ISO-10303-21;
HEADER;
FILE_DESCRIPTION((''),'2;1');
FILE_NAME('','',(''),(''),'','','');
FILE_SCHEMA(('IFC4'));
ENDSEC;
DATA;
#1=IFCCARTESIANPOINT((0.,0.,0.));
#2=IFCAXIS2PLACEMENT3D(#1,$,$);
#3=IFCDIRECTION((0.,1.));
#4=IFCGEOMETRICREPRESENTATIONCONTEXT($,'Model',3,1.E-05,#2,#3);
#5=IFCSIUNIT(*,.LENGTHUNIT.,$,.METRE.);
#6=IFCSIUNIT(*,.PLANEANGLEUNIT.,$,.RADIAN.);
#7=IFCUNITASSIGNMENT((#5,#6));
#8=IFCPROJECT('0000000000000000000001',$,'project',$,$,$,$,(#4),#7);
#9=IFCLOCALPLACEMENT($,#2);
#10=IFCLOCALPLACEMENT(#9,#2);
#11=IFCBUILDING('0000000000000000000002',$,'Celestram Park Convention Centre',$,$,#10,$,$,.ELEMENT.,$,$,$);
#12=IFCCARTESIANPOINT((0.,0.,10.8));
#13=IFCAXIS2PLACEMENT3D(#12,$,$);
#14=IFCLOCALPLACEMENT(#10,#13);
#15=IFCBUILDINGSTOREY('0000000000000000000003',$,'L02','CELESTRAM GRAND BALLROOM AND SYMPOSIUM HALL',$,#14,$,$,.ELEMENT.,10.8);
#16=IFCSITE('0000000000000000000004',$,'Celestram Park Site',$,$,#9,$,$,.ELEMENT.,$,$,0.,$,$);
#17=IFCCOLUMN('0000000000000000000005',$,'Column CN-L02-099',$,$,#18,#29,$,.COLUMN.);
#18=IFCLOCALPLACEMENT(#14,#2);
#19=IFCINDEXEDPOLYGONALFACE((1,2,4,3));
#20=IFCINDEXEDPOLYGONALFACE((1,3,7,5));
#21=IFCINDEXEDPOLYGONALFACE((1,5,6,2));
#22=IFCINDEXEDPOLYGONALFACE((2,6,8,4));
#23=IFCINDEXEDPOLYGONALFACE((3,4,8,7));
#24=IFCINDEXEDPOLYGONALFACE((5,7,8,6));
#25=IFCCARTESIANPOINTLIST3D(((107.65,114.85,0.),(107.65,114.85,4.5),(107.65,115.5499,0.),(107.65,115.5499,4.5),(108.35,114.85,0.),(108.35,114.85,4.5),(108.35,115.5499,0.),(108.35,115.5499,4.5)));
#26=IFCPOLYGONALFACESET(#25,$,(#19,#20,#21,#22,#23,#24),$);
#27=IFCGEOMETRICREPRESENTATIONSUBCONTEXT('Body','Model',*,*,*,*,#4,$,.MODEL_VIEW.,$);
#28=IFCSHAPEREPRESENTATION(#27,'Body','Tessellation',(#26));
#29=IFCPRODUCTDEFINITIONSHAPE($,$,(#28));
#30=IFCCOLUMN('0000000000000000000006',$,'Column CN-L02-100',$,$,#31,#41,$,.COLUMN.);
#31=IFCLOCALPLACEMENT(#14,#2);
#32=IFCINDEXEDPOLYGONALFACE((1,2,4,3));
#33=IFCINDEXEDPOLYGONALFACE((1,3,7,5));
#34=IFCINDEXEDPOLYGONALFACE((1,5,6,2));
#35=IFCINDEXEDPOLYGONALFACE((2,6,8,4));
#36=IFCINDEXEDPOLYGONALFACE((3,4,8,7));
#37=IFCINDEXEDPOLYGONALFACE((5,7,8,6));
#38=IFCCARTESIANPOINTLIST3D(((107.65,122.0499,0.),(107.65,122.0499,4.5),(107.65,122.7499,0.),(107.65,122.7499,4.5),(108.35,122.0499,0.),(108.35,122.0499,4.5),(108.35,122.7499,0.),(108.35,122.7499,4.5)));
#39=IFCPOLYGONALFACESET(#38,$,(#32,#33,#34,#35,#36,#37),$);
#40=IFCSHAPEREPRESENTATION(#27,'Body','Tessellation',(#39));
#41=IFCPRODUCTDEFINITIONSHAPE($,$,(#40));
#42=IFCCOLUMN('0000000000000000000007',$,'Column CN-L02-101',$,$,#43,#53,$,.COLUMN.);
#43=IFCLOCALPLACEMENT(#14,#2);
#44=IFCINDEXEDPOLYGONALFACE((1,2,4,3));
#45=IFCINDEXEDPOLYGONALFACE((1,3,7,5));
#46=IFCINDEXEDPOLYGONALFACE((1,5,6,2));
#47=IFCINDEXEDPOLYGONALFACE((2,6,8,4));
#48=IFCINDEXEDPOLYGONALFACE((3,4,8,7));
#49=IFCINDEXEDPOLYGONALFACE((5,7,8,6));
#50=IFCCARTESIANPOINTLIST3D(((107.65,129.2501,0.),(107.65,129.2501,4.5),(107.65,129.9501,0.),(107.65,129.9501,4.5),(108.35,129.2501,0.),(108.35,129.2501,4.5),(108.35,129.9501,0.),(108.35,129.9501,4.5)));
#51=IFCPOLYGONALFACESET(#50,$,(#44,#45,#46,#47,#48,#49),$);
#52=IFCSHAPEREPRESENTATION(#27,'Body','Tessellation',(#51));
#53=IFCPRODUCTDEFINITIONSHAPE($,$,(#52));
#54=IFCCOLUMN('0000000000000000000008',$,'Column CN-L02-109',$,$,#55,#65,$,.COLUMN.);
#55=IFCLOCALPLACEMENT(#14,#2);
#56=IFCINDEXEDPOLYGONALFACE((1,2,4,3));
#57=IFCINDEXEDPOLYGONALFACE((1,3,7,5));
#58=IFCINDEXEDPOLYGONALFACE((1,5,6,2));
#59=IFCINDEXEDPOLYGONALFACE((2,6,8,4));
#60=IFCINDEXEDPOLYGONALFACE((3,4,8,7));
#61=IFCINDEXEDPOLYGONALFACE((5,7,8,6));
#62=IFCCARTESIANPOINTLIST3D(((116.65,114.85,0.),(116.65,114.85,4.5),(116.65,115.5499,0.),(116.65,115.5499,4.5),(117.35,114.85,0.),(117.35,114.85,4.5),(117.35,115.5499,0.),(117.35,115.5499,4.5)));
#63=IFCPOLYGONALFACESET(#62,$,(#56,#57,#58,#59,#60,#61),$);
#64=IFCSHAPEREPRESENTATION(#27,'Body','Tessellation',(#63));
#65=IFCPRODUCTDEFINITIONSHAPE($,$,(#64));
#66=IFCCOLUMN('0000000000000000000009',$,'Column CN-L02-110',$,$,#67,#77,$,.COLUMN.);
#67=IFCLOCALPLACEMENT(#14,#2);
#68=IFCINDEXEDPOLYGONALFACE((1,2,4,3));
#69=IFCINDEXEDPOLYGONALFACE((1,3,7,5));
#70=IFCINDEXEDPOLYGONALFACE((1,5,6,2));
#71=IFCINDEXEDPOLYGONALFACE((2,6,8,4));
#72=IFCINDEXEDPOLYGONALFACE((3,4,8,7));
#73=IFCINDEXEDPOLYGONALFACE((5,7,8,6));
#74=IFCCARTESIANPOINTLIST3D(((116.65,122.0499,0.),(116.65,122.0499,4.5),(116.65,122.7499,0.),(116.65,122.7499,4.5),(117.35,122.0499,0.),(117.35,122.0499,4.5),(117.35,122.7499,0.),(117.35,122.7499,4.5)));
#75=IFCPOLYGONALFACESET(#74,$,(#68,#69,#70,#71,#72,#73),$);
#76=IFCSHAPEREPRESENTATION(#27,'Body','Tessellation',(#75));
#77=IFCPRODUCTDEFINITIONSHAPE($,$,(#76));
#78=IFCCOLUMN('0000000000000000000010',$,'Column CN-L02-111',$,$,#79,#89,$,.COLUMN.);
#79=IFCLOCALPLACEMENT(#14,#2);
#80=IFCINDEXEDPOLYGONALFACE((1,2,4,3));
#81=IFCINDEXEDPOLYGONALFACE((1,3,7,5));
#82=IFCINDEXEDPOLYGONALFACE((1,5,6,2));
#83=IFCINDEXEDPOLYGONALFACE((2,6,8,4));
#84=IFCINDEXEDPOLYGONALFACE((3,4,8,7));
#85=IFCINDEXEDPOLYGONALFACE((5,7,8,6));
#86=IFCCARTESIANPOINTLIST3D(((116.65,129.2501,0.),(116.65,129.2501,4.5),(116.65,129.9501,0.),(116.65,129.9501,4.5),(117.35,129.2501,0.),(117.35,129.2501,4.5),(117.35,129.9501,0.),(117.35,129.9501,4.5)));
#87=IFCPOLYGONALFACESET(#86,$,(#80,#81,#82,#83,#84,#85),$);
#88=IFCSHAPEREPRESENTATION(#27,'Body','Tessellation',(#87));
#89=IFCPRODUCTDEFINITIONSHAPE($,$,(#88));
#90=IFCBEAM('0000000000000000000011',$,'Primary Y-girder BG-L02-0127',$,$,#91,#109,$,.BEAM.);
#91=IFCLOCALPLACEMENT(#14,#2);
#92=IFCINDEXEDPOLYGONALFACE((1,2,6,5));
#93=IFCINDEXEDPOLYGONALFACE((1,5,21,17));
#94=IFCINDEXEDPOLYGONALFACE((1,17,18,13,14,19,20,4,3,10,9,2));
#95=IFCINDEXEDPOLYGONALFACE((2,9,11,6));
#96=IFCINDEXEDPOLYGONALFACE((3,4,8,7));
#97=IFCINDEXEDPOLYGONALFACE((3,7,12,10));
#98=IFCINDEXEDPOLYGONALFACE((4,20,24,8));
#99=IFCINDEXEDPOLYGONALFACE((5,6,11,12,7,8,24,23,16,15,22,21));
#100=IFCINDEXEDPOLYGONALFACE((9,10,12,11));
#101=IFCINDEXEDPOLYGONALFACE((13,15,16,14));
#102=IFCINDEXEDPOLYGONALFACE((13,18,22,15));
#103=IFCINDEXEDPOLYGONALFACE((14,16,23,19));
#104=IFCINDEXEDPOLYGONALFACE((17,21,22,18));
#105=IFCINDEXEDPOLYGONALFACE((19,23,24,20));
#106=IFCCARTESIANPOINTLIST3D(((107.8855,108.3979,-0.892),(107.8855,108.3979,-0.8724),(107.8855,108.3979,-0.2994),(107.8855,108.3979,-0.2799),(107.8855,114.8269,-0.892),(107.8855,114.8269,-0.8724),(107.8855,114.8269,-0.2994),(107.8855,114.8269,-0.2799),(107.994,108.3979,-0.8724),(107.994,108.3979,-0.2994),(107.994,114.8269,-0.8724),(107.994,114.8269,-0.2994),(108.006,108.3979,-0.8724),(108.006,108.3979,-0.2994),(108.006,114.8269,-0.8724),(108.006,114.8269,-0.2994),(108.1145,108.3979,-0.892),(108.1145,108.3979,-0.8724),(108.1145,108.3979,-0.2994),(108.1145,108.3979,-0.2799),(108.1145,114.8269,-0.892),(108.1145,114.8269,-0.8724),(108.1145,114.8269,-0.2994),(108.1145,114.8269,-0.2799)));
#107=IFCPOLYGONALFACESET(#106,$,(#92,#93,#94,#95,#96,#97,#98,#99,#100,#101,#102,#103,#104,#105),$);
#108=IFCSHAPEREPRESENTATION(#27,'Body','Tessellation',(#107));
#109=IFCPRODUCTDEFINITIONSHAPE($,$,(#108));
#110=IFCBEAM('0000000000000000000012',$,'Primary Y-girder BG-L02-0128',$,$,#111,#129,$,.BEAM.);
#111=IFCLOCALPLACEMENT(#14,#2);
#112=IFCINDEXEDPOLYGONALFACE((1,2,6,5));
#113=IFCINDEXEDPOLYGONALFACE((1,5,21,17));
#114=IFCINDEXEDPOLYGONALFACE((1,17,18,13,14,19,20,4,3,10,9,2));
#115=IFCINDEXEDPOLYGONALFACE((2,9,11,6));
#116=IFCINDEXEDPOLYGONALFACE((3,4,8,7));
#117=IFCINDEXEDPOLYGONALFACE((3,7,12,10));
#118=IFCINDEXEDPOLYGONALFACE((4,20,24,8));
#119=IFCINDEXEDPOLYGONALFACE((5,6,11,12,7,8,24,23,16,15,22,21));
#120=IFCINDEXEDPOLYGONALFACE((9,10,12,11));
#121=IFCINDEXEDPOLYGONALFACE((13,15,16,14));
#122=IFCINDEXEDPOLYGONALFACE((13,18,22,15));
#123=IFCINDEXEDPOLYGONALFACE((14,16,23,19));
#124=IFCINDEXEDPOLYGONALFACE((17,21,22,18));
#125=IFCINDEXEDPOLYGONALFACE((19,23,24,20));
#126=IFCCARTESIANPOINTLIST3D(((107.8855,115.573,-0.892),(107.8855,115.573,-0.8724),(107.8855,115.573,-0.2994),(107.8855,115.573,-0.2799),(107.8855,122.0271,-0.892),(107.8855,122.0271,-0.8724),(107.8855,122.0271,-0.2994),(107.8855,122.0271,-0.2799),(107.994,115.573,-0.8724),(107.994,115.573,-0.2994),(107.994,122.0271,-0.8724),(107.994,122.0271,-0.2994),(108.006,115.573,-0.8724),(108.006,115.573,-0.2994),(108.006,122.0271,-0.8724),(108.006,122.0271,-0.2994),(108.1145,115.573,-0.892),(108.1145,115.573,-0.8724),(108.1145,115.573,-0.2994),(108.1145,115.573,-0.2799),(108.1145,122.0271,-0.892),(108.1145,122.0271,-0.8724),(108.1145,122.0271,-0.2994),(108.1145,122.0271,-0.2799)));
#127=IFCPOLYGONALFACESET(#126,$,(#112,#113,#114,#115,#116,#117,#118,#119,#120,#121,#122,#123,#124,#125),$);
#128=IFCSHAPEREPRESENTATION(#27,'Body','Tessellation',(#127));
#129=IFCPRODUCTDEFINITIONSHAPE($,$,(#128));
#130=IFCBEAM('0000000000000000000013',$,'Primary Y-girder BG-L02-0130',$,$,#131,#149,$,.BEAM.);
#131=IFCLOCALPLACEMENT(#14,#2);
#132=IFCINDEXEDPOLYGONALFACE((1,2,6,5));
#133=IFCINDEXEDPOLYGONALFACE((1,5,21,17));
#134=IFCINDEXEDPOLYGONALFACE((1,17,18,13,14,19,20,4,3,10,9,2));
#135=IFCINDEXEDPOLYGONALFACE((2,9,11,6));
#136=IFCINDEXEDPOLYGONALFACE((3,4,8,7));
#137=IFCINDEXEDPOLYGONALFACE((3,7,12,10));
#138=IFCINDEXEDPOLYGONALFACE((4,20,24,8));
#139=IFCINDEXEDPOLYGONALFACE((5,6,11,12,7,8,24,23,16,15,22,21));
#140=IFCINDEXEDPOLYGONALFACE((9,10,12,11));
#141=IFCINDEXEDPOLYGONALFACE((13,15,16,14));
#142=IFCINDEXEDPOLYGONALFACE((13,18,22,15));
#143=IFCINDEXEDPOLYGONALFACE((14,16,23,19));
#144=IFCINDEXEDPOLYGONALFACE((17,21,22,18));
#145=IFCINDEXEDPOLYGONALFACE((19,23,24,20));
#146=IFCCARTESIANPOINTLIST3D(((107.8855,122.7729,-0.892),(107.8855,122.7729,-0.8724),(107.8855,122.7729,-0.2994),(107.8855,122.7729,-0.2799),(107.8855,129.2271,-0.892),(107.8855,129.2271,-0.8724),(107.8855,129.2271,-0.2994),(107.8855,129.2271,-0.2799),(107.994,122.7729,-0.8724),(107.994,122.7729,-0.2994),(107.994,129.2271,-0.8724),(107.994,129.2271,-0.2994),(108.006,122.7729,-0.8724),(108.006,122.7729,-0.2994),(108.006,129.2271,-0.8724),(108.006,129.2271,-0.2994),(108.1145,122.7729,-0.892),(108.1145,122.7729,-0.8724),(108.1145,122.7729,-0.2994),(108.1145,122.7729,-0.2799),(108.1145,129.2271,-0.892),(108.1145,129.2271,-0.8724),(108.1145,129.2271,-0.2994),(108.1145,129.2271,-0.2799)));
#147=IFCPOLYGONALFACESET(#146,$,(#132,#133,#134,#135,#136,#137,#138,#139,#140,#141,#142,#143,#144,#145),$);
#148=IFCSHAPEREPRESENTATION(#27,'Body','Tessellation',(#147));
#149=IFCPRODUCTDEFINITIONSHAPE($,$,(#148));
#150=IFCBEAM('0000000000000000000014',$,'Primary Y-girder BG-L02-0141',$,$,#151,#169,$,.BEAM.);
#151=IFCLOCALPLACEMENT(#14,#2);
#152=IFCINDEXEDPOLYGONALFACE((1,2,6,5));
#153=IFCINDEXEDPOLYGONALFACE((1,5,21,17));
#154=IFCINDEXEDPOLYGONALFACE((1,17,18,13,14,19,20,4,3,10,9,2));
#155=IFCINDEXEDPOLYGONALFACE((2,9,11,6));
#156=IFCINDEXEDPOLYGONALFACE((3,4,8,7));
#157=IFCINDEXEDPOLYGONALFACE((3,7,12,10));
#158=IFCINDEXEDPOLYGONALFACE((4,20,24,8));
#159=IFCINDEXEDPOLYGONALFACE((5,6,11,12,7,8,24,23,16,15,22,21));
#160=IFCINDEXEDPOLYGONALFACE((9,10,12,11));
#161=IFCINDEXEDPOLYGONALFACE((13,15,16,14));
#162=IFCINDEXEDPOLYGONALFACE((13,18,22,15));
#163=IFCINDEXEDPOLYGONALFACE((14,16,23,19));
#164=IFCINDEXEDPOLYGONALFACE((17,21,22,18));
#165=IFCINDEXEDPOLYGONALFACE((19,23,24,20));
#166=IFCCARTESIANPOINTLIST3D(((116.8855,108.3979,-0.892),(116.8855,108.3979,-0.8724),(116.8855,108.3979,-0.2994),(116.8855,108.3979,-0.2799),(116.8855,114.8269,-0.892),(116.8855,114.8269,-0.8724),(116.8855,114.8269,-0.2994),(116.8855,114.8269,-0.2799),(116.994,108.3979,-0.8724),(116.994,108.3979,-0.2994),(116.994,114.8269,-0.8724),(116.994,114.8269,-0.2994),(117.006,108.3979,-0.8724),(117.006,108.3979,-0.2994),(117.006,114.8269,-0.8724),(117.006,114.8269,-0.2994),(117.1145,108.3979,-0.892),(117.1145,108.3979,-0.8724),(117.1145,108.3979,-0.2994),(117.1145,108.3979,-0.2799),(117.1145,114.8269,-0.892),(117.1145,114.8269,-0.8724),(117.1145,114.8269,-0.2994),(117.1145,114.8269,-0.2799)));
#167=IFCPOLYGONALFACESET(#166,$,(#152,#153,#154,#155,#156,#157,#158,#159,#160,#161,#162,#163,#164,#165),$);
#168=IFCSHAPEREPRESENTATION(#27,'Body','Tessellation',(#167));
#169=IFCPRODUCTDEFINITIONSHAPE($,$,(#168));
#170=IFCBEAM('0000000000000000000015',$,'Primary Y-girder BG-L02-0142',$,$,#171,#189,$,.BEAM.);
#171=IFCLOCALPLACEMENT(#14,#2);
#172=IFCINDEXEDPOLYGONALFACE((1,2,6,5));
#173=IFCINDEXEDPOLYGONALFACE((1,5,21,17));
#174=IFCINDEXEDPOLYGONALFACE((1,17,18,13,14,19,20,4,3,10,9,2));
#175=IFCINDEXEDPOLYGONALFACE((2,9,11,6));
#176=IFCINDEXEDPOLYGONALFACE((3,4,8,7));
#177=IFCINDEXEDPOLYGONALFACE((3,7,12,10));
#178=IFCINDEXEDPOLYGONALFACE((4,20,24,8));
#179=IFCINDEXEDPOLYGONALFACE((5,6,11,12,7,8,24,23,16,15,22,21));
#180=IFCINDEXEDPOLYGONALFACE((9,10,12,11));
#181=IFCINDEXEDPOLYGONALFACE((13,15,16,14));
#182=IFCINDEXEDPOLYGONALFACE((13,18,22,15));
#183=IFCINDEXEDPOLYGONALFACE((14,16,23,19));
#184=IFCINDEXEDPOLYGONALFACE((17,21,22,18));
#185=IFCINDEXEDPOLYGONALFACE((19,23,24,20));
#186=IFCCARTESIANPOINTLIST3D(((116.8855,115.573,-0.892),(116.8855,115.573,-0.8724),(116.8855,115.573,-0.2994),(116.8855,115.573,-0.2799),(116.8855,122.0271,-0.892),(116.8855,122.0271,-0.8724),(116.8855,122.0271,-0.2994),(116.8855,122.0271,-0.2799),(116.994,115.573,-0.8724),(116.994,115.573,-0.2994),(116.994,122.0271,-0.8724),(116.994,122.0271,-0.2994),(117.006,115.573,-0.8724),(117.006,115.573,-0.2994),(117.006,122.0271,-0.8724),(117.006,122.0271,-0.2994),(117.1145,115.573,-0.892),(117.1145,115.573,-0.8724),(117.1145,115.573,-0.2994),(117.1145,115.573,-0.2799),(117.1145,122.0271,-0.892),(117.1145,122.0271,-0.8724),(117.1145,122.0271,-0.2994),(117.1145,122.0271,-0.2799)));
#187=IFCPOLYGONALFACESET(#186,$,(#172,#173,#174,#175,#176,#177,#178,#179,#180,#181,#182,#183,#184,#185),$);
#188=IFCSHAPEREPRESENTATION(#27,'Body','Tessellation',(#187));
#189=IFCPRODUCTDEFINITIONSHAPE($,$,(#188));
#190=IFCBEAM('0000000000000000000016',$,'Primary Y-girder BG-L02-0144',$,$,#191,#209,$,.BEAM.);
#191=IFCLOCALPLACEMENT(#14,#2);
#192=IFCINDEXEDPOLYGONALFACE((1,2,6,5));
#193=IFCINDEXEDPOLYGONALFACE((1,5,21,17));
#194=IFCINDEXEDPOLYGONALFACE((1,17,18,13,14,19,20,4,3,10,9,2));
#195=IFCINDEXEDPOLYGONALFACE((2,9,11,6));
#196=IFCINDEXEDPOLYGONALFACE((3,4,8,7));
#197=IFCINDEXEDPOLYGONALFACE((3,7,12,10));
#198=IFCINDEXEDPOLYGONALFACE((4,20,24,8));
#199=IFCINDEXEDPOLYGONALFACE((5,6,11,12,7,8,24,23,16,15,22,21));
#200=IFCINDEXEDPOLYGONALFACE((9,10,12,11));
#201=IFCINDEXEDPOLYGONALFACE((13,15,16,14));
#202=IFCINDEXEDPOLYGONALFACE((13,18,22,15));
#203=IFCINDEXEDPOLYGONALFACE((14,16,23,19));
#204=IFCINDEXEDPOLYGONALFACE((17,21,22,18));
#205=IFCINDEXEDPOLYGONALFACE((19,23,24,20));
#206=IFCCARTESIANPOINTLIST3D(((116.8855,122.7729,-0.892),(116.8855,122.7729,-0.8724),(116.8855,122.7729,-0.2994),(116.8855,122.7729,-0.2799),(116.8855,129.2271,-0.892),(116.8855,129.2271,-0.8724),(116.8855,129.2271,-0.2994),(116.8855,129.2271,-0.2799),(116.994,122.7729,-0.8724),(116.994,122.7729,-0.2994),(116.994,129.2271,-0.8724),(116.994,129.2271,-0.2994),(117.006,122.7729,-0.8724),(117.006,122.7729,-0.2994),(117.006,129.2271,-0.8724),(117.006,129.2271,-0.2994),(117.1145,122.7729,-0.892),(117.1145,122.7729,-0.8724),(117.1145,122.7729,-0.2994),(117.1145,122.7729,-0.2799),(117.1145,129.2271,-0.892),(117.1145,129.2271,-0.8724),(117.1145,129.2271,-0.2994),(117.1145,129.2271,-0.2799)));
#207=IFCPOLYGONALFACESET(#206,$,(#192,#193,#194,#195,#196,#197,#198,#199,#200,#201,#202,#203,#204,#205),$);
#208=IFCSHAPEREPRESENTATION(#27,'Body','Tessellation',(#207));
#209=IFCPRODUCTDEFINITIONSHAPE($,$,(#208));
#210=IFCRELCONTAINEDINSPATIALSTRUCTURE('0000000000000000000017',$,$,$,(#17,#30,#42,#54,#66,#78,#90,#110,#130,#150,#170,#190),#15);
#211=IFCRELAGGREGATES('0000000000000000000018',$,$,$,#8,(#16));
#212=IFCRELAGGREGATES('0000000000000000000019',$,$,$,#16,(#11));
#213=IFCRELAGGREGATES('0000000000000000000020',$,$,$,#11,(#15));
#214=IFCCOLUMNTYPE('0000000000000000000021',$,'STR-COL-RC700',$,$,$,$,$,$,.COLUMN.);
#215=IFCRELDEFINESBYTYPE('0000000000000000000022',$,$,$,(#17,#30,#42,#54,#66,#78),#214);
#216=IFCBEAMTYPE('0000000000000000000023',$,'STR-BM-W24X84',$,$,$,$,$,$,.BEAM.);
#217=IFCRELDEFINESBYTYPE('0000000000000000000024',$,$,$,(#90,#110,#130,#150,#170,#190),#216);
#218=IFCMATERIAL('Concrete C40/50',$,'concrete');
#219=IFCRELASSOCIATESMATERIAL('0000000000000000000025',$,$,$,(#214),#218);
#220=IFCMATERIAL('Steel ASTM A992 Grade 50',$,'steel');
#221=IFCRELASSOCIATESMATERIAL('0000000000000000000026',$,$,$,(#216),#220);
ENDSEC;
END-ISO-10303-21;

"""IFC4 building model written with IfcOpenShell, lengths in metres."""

from ifc_helpers import new_model, si_unit, direction, frame, origin, origin_2d, place, context, subcontext, project, spatial, rectangle, i_section, extrude, material, material_profile, profile_set, type_object, element, save


model = new_model("IFC4")

# Units and contexts
model_context = context("Model", 3, precision=1e-05, world=origin(), true_north=direction((0.0, 1.0)))
body_context = subcontext(model_context, "Body", "Model", "MODEL_VIEW")
ifc_project = project(units=[si_unit("LENGTHUNIT", "METRE"), si_unit("PLANEANGLEUNIT", "RADIAN")], contexts=[model_context])

# Site, building, storey
site_placement = place(None, origin())
site = spatial("IfcSite", under=ifc_project, at=site_placement, Name="Celestram Park Site", CompositionType="ELEMENT", RefElevation=0.0)
building_placement = place(site_placement, origin())
building = spatial("IfcBuilding", under=site, at=building_placement, Name="Celestram Park Convention Centre", CompositionType="ELEMENT")
storey_placement = place(building_placement, frame((0.0, 0.0, 10.8)))
storey = spatial("IfcBuildingStorey", under=building, at=storey_placement, Name="L02", Description="CELESTRAM GRAND BALLROOM AND SYMPOSIUM HALL", CompositionType="ELEMENT", Elevation=10.8)

# Columns
ifc_material_1 = material(Name="Concrete C40/50", Category="concrete")
ifc_material_profile_1 = material_profile(ifc_material_1, rectangle(XDim=0.7, YDim=0.7, at=origin_2d()), Name="RC700X700")
ifc_profile_set_1 = profile_set([ifc_material_profile_1], Name="Concrete C40/50")
column_type = type_object("IfcColumnType", Name="STR-COL-RC700", PredefinedType="COLUMN", material=ifc_profile_set_1)
for number, where, z_axis, x_axis, name in (
    (1, (108.0, 115.2, 0.0), (0.0, 0.0, 1.0), (1.0, 0.0, 0.0), "Column CN-L02-099"),
    (2, (108.0, 122.3999, 0.0), (0.0, 0.0, 1.0), (1.0, 0.0, 0.0), "Column CN-L02-100"),
    (3, (108.0, 129.6001, 0.0), (0.0, 0.0, 1.0), (1.0, 0.0, 0.0), "Column CN-L02-101"),
    (4, (117.0, 115.2, 0.0), (0.0, 0.0, 1.0), (1.0, 0.0, 0.0), "Column CN-L02-109"),
    (5, (117.0, 122.3999, 0.0), (0.0, 0.0, 1.0), (1.0, 0.0, 0.0), "Column CN-L02-110"),
    (6, (117.0, 129.6001, 0.0), (0.0, 0.0, 1.0), (1.0, 0.0, 0.0), "Column CN-L02-111"),
):
    element("IfcColumn", number, at=place(storey_placement, frame(where, z_axis=z_axis, x_axis=x_axis)), inside=storey, type_object=column_type, Name=name, PredefinedType="COLUMN", context=body_context, shape_type="SweptSolid", body=[
        extrude(rectangle(XDim=0.7, YDim=0.7, at=origin_2d()), origin(), (0.0, 0.0, 1.0), 4.5),
    ])

# Beams
ifc_material_2 = material(Name="Steel ASTM A992 Grade 50", Category="steel")
ifc_material_profile_2 = material_profile(ifc_material_2, i_section(OverallWidth=0.229, OverallDepth=0.6121, WebThickness=0.012, FlangeThickness=0.0195, at=origin_2d()), Name="W24X84")
ifc_profile_set_2 = profile_set([ifc_material_profile_2], Name="Steel ASTM A992 Grade 50")
beam_type_1 = type_object("IfcBeamType", Name="STR-BM-W24X84", PredefinedType="BEAM", material=ifc_profile_set_2)
beam_1_placement = place(storey_placement, frame((108.0, 108.3979, -0.5859), z_axis=(0.0, 1.0, 0.0), x_axis=(-1.0, 0.0, 0.0)))
element("IfcBeam", 7, at=beam_1_placement, inside=storey, type_object=beam_type_1, Name="Primary Y-girder BG-L02-0127", PredefinedType="BEAM", context=body_context, shape_type="SweptSolid", body=[
    extrude(i_section(OverallWidth=0.229, OverallDepth=0.6121, WebThickness=0.012, FlangeThickness=0.0195, at=origin_2d()), origin(), (0.0, 0.0, 1.0), 6.429),
])
for number, where, z_axis, x_axis, name in (
    (8, (108.0, 115.573, -0.5859), (0.0, 1.0, 0.0), (-1.0, 0.0, 0.0), "Primary Y-girder BG-L02-0128"),
    (9, (108.0, 122.7729, -0.5859), (0.0, 1.0, 0.0), (-1.0, 0.0, 0.0), "Primary Y-girder BG-L02-0130"),
):
    element("IfcBeam", number, at=place(storey_placement, frame(where, z_axis=z_axis, x_axis=x_axis)), inside=storey, type_object=beam_type_1, Name=name, PredefinedType="BEAM", context=body_context, shape_type="SweptSolid", body=[
        extrude(i_section(OverallWidth=0.229, OverallDepth=0.6121, WebThickness=0.012, FlangeThickness=0.0195, at=origin_2d()), origin(), (0.0, 0.0, 1.0), 6.4541),
    ])
beam_2_placement = place(storey_placement, frame((117.0, 108.3979, -0.5859), z_axis=(0.0, 1.0, 0.0), x_axis=(-1.0, 0.0, 0.0)))
element("IfcBeam", 10, at=beam_2_placement, inside=storey, type_object=beam_type_1, Name="Primary Y-girder BG-L02-0141", PredefinedType="BEAM", context=body_context, shape_type="SweptSolid", body=[
    extrude(i_section(OverallWidth=0.229, OverallDepth=0.6121, WebThickness=0.012, FlangeThickness=0.0195, at=origin_2d()), origin(), (0.0, 0.0, 1.0), 6.429),
])
for number, where, z_axis, x_axis, name in (
    (11, (117.0, 115.573, -0.5859), (0.0, 1.0, 0.0), (-1.0, 0.0, 0.0), "Primary Y-girder BG-L02-0142"),
    (12, (117.0, 122.7729, -0.5859), (0.0, 1.0, 0.0), (-1.0, 0.0, 0.0), "Primary Y-girder BG-L02-0144"),
):
    element("IfcBeam", number, at=place(storey_placement, frame(where, z_axis=z_axis, x_axis=x_axis)), inside=storey, type_object=beam_type_1, Name=name, PredefinedType="BEAM", context=body_context, shape_type="SweptSolid", body=[
        extrude(i_section(OverallWidth=0.229, OverallDepth=0.6121, WebThickness=0.012, FlangeThickness=0.0195, at=origin_2d()), origin(), (0.0, 0.0, 1.0), 6.4541),
    ])

save(model, "model.ifc")
